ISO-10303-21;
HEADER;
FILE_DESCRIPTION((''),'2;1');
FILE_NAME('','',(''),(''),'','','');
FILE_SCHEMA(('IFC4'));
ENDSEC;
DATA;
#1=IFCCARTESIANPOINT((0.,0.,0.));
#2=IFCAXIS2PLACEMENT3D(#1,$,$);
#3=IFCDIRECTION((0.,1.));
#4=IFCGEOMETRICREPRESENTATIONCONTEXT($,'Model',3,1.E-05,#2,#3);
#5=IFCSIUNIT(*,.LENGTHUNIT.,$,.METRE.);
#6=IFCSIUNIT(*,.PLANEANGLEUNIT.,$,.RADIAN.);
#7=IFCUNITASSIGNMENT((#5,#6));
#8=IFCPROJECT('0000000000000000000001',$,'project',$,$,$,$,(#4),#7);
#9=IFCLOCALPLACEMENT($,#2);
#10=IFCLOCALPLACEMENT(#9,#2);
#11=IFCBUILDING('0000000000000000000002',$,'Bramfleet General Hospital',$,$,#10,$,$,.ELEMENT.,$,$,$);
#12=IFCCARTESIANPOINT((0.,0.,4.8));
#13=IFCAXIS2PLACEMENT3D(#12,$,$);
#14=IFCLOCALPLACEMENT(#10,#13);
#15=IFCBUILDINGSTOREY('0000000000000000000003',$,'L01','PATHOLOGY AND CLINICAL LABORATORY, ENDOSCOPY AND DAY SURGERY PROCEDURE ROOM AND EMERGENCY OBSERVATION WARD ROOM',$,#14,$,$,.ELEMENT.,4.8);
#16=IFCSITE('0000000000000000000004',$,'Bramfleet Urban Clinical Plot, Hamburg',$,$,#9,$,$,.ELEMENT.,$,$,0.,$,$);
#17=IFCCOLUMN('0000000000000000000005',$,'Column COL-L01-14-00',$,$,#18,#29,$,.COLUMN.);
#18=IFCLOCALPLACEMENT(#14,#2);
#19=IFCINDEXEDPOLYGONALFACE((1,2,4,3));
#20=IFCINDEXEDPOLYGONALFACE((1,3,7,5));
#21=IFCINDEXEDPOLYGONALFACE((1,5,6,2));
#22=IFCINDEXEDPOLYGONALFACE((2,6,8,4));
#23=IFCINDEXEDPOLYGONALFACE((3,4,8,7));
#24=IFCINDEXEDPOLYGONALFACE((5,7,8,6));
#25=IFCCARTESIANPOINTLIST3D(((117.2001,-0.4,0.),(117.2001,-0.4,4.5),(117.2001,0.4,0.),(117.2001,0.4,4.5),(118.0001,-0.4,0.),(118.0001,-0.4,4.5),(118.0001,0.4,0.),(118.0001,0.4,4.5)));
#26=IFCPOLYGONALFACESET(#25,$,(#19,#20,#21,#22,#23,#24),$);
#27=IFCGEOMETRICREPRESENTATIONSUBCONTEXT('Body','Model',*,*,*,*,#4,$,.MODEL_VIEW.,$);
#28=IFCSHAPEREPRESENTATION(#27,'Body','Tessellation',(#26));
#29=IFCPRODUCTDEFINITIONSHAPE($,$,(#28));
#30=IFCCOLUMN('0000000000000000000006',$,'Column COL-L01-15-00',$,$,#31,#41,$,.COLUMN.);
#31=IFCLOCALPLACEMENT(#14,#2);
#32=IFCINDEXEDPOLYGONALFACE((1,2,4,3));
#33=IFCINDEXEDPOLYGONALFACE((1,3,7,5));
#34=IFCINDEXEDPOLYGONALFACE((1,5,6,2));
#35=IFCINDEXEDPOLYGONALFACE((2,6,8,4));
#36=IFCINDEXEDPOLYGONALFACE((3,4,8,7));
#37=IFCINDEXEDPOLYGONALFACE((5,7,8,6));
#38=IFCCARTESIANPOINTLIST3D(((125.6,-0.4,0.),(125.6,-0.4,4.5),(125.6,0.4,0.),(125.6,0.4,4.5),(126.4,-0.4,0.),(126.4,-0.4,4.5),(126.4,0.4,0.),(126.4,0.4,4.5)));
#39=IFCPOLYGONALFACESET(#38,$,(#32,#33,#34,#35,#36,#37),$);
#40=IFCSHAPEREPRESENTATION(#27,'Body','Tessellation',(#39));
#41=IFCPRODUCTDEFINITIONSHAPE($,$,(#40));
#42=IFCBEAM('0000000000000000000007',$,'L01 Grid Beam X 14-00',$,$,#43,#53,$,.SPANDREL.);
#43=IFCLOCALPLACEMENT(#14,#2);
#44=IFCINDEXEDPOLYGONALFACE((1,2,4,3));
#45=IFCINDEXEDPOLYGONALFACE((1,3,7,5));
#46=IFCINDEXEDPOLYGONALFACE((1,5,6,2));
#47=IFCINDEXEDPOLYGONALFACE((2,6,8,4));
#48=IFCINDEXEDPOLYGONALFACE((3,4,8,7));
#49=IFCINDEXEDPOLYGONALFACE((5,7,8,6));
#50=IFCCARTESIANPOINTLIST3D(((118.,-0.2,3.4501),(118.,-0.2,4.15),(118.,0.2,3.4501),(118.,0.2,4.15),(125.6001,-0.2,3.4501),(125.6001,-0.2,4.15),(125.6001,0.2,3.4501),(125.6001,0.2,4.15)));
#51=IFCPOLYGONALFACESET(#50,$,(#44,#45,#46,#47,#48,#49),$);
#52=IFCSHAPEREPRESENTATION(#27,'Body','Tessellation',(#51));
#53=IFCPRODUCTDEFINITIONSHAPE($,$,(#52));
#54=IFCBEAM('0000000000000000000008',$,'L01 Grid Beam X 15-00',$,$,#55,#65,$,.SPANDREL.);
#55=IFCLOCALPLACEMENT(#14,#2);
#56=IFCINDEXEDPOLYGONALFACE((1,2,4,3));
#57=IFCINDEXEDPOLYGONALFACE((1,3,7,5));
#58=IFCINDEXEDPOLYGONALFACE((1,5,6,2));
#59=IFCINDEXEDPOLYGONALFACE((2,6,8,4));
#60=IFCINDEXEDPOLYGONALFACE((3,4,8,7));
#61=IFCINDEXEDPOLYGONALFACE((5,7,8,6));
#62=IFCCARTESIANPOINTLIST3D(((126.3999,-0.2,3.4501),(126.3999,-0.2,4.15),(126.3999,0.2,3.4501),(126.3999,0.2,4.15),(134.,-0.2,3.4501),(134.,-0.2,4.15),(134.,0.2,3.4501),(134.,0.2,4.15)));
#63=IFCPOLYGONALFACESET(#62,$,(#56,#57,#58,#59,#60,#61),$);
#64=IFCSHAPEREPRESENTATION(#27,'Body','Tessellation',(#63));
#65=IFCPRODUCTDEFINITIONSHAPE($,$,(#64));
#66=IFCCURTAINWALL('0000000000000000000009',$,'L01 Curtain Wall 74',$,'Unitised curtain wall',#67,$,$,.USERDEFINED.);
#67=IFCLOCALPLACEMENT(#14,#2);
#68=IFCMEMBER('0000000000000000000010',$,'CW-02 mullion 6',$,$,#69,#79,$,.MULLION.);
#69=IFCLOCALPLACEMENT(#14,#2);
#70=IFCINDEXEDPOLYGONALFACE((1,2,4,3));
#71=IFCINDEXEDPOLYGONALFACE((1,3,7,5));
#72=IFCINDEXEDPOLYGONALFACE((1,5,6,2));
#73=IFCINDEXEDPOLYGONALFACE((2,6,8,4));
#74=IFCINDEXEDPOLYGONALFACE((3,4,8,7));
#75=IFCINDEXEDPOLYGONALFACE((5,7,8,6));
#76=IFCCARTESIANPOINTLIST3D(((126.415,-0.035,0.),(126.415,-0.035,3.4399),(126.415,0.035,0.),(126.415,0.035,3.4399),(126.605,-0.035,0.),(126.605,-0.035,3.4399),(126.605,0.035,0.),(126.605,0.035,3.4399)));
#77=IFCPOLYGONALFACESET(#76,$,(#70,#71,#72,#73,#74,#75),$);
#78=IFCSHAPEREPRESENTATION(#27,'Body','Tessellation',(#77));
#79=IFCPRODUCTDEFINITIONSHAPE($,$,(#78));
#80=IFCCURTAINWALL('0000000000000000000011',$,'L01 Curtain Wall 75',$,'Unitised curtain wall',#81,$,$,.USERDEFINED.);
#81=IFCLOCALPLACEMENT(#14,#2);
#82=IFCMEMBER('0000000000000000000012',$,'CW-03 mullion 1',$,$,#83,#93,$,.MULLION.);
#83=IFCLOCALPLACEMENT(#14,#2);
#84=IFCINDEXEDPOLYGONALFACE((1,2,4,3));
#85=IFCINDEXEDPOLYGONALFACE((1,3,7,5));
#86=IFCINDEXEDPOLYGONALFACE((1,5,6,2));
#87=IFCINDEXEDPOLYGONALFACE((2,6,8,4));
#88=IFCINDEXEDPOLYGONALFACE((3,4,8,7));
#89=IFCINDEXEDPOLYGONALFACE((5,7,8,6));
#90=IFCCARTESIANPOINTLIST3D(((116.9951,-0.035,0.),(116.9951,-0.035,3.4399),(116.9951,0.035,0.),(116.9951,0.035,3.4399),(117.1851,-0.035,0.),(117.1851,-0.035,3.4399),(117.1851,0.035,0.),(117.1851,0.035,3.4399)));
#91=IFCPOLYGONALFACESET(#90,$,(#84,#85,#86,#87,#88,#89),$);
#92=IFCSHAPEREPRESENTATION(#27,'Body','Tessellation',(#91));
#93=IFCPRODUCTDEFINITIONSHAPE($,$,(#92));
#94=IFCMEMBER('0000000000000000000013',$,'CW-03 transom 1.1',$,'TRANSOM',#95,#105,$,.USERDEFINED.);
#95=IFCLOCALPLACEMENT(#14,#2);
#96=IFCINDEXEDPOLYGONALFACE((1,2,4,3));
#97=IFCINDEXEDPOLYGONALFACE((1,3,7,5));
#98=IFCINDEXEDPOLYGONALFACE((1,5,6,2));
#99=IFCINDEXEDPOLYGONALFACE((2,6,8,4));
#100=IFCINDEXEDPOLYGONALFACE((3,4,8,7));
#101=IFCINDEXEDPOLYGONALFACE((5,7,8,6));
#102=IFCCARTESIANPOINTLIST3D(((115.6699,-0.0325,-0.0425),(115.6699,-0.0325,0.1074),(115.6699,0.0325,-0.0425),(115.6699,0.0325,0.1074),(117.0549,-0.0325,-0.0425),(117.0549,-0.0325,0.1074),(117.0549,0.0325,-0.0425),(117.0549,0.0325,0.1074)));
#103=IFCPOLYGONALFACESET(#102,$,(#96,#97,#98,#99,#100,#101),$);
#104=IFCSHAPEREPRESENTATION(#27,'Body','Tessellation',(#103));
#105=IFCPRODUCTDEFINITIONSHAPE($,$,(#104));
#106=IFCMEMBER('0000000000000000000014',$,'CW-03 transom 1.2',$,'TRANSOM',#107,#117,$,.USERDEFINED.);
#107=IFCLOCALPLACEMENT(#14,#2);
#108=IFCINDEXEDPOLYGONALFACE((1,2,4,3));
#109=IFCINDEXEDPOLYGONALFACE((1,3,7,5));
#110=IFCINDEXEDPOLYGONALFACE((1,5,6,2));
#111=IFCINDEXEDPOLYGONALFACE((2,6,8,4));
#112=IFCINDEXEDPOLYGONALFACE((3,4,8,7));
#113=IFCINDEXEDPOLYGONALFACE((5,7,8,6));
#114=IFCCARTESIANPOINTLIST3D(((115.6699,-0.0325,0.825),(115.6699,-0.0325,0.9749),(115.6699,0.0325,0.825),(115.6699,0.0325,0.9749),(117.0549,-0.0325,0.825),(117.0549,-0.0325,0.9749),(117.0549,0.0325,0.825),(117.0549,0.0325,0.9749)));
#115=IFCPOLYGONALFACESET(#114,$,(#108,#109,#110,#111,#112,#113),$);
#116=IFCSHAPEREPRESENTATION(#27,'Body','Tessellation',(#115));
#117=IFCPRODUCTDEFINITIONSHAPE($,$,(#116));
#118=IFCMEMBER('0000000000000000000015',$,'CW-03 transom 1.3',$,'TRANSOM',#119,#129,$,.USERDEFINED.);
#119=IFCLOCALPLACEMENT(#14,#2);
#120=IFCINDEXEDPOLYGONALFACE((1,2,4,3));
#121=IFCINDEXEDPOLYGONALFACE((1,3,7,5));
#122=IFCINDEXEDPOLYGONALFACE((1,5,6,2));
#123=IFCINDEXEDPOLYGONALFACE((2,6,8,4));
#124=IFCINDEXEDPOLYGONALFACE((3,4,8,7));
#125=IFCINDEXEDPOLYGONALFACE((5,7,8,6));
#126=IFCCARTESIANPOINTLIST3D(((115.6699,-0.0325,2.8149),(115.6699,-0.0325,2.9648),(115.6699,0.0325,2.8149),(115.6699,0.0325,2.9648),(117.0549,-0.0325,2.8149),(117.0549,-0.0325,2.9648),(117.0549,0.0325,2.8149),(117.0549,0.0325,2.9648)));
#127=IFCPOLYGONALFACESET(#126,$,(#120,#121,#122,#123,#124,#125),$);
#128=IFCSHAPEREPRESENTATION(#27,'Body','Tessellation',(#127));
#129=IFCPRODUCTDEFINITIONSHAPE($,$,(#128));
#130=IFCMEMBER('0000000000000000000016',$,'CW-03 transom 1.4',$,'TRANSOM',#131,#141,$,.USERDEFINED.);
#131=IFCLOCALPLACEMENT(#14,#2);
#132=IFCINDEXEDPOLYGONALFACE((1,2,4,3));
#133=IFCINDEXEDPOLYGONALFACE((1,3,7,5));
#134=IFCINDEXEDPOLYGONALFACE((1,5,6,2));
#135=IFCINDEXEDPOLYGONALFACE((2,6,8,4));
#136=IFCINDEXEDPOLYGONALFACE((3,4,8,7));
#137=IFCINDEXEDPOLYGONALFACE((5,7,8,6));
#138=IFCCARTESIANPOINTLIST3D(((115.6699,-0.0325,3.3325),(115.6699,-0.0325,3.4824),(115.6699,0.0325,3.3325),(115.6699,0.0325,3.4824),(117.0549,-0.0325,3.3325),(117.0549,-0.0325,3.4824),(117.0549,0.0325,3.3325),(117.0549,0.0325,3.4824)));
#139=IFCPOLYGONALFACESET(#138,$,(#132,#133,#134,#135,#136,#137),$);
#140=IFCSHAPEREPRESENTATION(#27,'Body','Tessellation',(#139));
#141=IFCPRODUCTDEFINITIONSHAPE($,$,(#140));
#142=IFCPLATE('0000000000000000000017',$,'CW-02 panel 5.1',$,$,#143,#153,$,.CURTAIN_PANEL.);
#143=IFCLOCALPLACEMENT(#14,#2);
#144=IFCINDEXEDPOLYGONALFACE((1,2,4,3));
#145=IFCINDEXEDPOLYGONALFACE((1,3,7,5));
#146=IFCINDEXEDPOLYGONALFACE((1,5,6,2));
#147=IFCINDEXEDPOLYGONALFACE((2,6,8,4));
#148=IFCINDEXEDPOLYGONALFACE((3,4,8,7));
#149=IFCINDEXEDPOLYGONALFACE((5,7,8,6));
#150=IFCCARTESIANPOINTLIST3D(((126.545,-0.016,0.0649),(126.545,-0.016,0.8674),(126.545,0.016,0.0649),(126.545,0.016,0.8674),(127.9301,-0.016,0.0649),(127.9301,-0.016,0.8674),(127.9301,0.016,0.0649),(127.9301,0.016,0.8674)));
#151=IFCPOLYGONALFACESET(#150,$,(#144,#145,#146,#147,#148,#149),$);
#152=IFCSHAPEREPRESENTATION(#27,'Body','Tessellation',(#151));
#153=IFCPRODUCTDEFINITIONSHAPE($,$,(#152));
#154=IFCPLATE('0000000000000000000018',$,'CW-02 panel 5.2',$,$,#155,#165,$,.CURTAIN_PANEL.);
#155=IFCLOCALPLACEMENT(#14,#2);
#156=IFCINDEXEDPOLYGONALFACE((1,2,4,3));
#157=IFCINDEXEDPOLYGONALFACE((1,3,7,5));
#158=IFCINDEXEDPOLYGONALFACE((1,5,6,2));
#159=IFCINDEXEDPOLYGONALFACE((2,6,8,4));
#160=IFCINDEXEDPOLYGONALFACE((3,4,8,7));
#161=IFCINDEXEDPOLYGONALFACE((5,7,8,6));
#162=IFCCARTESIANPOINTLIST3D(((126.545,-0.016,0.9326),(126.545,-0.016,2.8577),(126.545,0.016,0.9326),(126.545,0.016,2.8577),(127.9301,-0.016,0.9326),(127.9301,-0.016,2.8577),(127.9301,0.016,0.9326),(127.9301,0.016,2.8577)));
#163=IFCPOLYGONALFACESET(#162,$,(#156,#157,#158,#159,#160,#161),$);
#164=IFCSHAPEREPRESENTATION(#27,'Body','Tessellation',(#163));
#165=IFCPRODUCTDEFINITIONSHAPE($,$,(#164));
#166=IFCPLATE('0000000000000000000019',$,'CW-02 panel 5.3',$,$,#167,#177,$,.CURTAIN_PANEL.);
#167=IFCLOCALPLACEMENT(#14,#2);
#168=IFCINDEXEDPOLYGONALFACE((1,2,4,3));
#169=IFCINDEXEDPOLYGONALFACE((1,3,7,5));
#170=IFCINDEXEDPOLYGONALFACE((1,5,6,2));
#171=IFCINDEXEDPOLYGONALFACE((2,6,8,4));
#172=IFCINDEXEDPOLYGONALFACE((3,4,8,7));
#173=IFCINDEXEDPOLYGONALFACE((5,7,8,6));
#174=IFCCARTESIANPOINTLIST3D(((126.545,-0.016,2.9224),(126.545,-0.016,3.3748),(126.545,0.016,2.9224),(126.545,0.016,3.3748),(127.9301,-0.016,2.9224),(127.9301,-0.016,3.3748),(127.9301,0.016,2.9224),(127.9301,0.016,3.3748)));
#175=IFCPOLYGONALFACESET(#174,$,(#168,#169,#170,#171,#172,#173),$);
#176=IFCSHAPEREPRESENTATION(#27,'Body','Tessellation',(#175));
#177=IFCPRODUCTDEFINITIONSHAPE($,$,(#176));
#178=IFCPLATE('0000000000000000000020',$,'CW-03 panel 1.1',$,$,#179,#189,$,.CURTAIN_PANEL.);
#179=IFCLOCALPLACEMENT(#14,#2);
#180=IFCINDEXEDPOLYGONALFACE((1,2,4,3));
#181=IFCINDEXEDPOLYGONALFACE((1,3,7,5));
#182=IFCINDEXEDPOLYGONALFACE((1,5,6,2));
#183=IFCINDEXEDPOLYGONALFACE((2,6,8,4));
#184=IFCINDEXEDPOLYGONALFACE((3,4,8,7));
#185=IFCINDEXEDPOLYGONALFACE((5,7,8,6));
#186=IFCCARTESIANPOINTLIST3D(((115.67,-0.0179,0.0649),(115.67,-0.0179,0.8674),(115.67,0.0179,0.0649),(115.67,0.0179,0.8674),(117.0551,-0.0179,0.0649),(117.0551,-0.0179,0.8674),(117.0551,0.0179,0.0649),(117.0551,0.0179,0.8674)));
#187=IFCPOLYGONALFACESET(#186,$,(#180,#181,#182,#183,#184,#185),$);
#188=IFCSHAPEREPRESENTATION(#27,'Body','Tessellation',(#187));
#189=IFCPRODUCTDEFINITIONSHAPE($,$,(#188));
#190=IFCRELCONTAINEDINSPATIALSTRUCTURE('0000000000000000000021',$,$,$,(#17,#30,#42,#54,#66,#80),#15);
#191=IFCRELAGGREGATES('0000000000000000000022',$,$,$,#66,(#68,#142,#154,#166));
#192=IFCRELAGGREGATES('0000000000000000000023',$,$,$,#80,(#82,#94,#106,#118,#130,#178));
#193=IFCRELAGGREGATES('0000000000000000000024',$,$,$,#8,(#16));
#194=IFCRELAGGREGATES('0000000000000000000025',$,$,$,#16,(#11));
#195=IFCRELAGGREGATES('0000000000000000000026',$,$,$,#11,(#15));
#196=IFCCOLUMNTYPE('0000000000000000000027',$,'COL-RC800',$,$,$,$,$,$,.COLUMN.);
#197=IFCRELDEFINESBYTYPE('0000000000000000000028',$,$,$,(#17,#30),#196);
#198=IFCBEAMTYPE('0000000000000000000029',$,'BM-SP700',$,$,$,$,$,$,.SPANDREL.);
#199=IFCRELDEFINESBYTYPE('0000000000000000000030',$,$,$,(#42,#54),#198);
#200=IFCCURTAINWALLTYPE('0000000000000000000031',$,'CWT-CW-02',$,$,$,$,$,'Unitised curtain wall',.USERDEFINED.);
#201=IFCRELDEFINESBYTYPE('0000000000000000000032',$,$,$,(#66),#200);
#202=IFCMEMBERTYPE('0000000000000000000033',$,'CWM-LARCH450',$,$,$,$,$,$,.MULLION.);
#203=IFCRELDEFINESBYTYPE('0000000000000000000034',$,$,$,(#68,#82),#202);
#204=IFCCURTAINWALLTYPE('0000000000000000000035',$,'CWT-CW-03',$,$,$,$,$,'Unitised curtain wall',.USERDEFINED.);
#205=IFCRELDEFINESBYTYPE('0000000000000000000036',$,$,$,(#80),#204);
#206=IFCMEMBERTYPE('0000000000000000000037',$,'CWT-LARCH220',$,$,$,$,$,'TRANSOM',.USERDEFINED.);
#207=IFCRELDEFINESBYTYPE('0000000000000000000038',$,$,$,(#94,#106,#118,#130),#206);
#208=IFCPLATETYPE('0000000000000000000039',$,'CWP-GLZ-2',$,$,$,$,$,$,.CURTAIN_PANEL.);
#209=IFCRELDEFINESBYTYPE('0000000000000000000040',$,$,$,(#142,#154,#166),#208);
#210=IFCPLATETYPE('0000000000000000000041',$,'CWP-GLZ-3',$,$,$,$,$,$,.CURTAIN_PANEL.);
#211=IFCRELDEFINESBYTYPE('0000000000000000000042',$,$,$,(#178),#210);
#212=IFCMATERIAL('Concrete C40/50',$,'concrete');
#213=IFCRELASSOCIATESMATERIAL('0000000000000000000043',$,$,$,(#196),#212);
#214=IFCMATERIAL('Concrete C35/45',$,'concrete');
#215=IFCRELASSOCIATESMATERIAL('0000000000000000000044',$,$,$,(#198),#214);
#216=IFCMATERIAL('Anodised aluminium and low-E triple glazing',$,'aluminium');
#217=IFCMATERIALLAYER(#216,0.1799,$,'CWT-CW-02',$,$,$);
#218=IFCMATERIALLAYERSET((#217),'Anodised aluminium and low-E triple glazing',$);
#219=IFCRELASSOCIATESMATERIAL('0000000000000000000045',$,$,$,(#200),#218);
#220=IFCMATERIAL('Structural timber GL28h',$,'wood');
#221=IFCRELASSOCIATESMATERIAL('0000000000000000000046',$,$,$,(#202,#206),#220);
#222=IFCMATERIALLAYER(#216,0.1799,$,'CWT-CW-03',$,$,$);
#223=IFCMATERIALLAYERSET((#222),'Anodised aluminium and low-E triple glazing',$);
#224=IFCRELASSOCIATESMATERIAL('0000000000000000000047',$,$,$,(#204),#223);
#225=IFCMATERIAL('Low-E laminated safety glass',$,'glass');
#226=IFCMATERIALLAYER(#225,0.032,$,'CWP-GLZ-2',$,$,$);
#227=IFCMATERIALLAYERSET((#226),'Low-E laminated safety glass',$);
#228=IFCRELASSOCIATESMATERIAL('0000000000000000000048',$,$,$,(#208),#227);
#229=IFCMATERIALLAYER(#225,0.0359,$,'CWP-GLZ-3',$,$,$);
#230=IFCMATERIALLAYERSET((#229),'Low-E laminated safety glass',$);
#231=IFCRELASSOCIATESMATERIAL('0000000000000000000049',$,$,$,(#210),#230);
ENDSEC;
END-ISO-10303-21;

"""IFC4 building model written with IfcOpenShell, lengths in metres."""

from ifc_helpers import new_model, si_unit, direction, frame, origin, origin_2d, place, context, subcontext, project, spatial, rectangle, extrude, material, layer, layer_set, material_profile, profile_set, type_object, element, aggregate, save


model = new_model("IFC4")

# Units and contexts
model_context = context("Model", 3, precision=1e-05, world=origin(), true_north=direction((0.0, 1.0)))
body_context = subcontext(model_context, "Body", "Model", "MODEL_VIEW")
ifc_project = project(units=[si_unit("LENGTHUNIT", "METRE"), si_unit("PLANEANGLEUNIT", "RADIAN")], contexts=[model_context])

# Site, building, storey
site_placement = place(None, origin())
site = spatial("IfcSite", under=ifc_project, at=site_placement, Name="Bramfleet Urban Clinical Plot, Hamburg", CompositionType="ELEMENT", RefElevation=0.0)
building_placement = place(site_placement, origin())
building = spatial("IfcBuilding", under=site, at=building_placement, Name="Bramfleet General Hospital", CompositionType="ELEMENT")
storey_placement = place(building_placement, frame((0.0, 0.0, 4.8)))
storey = spatial("IfcBuildingStorey", under=building, at=storey_placement, Name="L01", Description="PATHOLOGY AND CLINICAL LABORATORY, ENDOSCOPY AND DAY SURGERY PROCEDURE ROOM AND EMERGENCY OBSERVATION WARD ROOM", CompositionType="ELEMENT", Elevation=4.8)

# Columns
ifc_material_1 = material(Name="Concrete C40/50", Category="concrete")
ifc_material_profile_1 = material_profile(ifc_material_1, rectangle(XDim=0.8, YDim=0.8, at=origin_2d()), Name="RC COL 800x800")
ifc_profile_set_1 = profile_set([ifc_material_profile_1], Name="Concrete C40/50")
column_type = type_object("IfcColumnType", Name="COL-RC800", PredefinedType="COLUMN", material=ifc_profile_set_1)
for number, where, z_axis, x_axis, name in (
    (1, (117.6001, 0.0, 0.0), (0.0, 0.0, 1.0), (1.0, 0.0, 0.0), "Column COL-L01-14-00"),
    (2, (126.0, 0.0, 0.0), (0.0, 0.0, 1.0), (1.0, 0.0, 0.0), "Column COL-L01-15-00"),
):
    element("IfcColumn", number, at=place(storey_placement, frame(where, z_axis=z_axis, x_axis=x_axis)), inside=storey, type_object=column_type, Name=name, PredefinedType="COLUMN", context=body_context, shape_type="SweptSolid", body=[
        extrude(rectangle(XDim=0.8, YDim=0.8, at=origin_2d()), origin(), (0.0, 0.0, 1.0), 4.5),
    ])

# Beams
ifc_material_2 = material(Name="Concrete C35/45", Category="concrete")
ifc_material_profile_2 = material_profile(ifc_material_2, rectangle(XDim=0.3999, YDim=0.7, at=origin_2d()), Name="RC SP 700x400")
ifc_profile_set_2 = profile_set([ifc_material_profile_2], Name="Concrete C35/45")
beam_type = type_object("IfcBeamType", Name="BM-SP700", PredefinedType="SPANDREL", material=ifc_profile_set_2)
for number, where, z_axis, x_axis, name in (
    (3, (118.0, 0.0, 3.8), (1.0, 0.0, 0.0), (0.0, 1.0, 0.0), "L01 Grid Beam X 14-00"),
    (4, (126.3999, 0.0, 3.8), (1.0, 0.0, 0.0), (0.0, 1.0, 0.0), "L01 Grid Beam X 15-00"),
):
    element("IfcBeam", number, at=place(storey_placement, frame(where, z_axis=z_axis, x_axis=x_axis)), inside=storey, type_object=beam_type, Name=name, PredefinedType="SPANDREL", context=body_context, shape_type="SweptSolid", body=[
        extrude(rectangle(XDim=0.3999, YDim=0.7, at=origin_2d()), origin(), (0.0, 0.0, 1.0), 7.6001),
    ])

# Curtain wall, member
ifc_material_3 = material(Name="Anodised aluminium and low-E triple glazing", Category="aluminium")
ifc_layer_1 = layer(ifc_material_3, 0.1799, Name="CWT-CW-02")
ifc_layer_set_1 = layer_set([ifc_layer_1], Name="Anodised aluminium and low-E triple glazing")
curtain_wall_type_1 = type_object("IfcCurtainWallType", Name="CWT-CW-02", ElementType="Unitised curtain wall", PredefinedType="USERDEFINED", material=ifc_layer_set_1)
curtain_wall_1_placement = place(storey_placement, origin())
curtain_wall_1 = element("IfcCurtainWall", 5, at=curtain_wall_1_placement, inside=storey, type_object=curtain_wall_type_1, Name="L01 Curtain Wall 74", ObjectType="Unitised curtain wall", PredefinedType="USERDEFINED")
ifc_material_4 = material(Name="Structural timber GL28h", Category="wood")
ifc_material_profile_3 = material_profile(ifc_material_4, rectangle(XDim=0.0701, YDim=0.1899, at=origin_2d()), Name="LARCH 190x70")
ifc_profile_set_3 = profile_set([ifc_material_profile_3], Name="Structural timber GL28h")
member_type_1 = type_object("IfcMemberType", Name="CWM-LARCH450", PredefinedType="MULLION", material=ifc_profile_set_3)
member_1_placement = place(storey_placement, frame((126.51, 0.0, 0.0), z_axis=(0.0, 0.0, 1.0), x_axis=(0.0, -1.0, 0.0)))
member_1 = element("IfcMember", 6, at=member_1_placement, type_object=member_type_1, Name="CW-02 mullion 6", PredefinedType="MULLION", context=body_context, shape_type="SweptSolid", body=[
    extrude(rectangle(XDim=0.0701, YDim=0.1899, at=origin_2d()), origin(), (0.0, 0.0, 1.0), 3.4399),
])

# Curtain wall, members
ifc_layer_2 = layer(ifc_material_3, 0.1799, Name="CWT-CW-03")
ifc_layer_set_2 = layer_set([ifc_layer_2], Name="Anodised aluminium and low-E triple glazing")
curtain_wall_type_2 = type_object("IfcCurtainWallType", Name="CWT-CW-03", ElementType="Unitised curtain wall", PredefinedType="USERDEFINED", material=ifc_layer_set_2)
curtain_wall_2_placement = place(storey_placement, origin())
curtain_wall_2 = element("IfcCurtainWall", 7, at=curtain_wall_2_placement, inside=storey, type_object=curtain_wall_type_2, Name="L01 Curtain Wall 75", ObjectType="Unitised curtain wall", PredefinedType="USERDEFINED")
member_2_placement = place(storey_placement, frame((117.0901, 0.0, 0.0), z_axis=(0.0, 0.0, 1.0), x_axis=(0.0, -1.0, 0.0)))
member_2 = element("IfcMember", 8, at=member_2_placement, type_object=member_type_1, Name="CW-03 mullion 1", PredefinedType="MULLION", context=body_context, shape_type="SweptSolid", body=[
    extrude(rectangle(XDim=0.0701, YDim=0.1899, at=origin_2d()), origin(), (0.0, 0.0, 1.0), 3.4399),
])
ifc_material_profile_4 = material_profile(ifc_material_4, rectangle(XDim=0.0649, YDim=0.1499, at=origin_2d()), Name="LARCH 150x65")
ifc_profile_set_4 = profile_set([ifc_material_profile_4], Name="Structural timber GL28h")
member_type_2 = type_object("IfcMemberType", Name="CWT-LARCH220", ElementType="TRANSOM", PredefinedType="USERDEFINED", material=ifc_profile_set_4)
member_3_placement = place(storey_placement, frame((117.0549, 0.0, 0.0325), z_axis=(-1.0, 0.0, 0.0), x_axis=(0.0, -1.0, 0.0)))
member_3 = element("IfcMember", 9, at=member_3_placement, type_object=member_type_2, Name="CW-03 transom 1.1", ObjectType="TRANSOM", PredefinedType="USERDEFINED", context=body_context, shape_type="SweptSolid", body=[
    extrude(rectangle(XDim=0.0649, YDim=0.1499, at=origin_2d()), origin(), (0.0, 0.0, 1.0), 1.385),
])
member_4_placement = place(storey_placement, frame((117.0549, 0.0, 0.8999), z_axis=(-1.0, 0.0, 0.0), x_axis=(0.0, -1.0, 0.0)))
member_4 = element("IfcMember", 10, at=member_4_placement, type_object=member_type_2, Name="CW-03 transom 1.2", ObjectType="TRANSOM", PredefinedType="USERDEFINED", context=body_context, shape_type="SweptSolid", body=[
    extrude(rectangle(XDim=0.0649, YDim=0.1499, at=origin_2d()), origin(), (0.0, 0.0, 1.0), 1.385),
])
member_5_placement = place(storey_placement, frame((117.0549, 0.0, 2.8899), z_axis=(-1.0, 0.0, 0.0), x_axis=(0.0, -1.0, 0.0)))
member_5 = element("IfcMember", 11, at=member_5_placement, type_object=member_type_2, Name="CW-03 transom 1.3", ObjectType="TRANSOM", PredefinedType="USERDEFINED", context=body_context, shape_type="SweptSolid", body=[
    extrude(rectangle(XDim=0.0649, YDim=0.1499, at=origin_2d()), origin(), (0.0, 0.0, 1.0), 1.385),
])
member_6_placement = place(storey_placement, frame((117.0549, 0.0, 3.4075), z_axis=(-1.0, 0.0, 0.0), x_axis=(0.0, -1.0, 0.0)))
member_6 = element("IfcMember", 12, at=member_6_placement, type_object=member_type_2, Name="CW-03 transom 1.4", ObjectType="TRANSOM", PredefinedType="USERDEFINED", context=body_context, shape_type="SweptSolid", body=[
    extrude(rectangle(XDim=0.0649, YDim=0.1499, at=origin_2d()), origin(), (0.0, 0.0, 1.0), 1.385),
])

# Plates
ifc_material_5 = material(Name="Low-E laminated safety glass", Category="glass")
ifc_layer_3 = layer(ifc_material_5, 0.032, Name="CWP-GLZ-2")
ifc_layer_set_3 = layer_set([ifc_layer_3], Name="Low-E laminated safety glass")
plate_type_1 = type_object("IfcPlateType", Name="CWP-GLZ-2", PredefinedType="CURTAIN_PANEL", material=ifc_layer_set_3)
plate_1_placement = place(storey_placement, frame((127.2375, 0.0, 0.0649), z_axis=(0.0, 0.0, 1.0), x_axis=(-1.0, 0.0, 0.0)))
plate_1 = element("IfcPlate", 13, at=plate_1_placement, type_object=plate_type_1, Name="CW-02 panel 5.1", PredefinedType="CURTAIN_PANEL", context=body_context, shape_type="SweptSolid", body=[
    extrude(rectangle(XDim=1.385, YDim=0.032, at=origin_2d()), origin(), (0.0, 0.0, 1.0), 0.8025),
])
plate_2_placement = place(storey_placement, frame((127.2375, 0.0, 0.9326), z_axis=(0.0, 0.0, 1.0), x_axis=(-1.0, 0.0, 0.0)))
plate_2 = element("IfcPlate", 14, at=plate_2_placement, type_object=plate_type_1, Name="CW-02 panel 5.2", PredefinedType="CURTAIN_PANEL", context=body_context, shape_type="SweptSolid", body=[
    extrude(rectangle(XDim=1.385, YDim=0.032, at=origin_2d()), origin(), (0.0, 0.0, 1.0), 1.925),
])
plate_3_placement = place(storey_placement, frame((127.2375, 0.0, 2.9224), z_axis=(0.0, 0.0, 1.0), x_axis=(-1.0, 0.0, 0.0)))
plate_3 = element("IfcPlate", 15, at=plate_3_placement, type_object=plate_type_1, Name="CW-02 panel 5.3", PredefinedType="CURTAIN_PANEL", context=body_context, shape_type="SweptSolid", body=[
    extrude(rectangle(XDim=1.385, YDim=0.032, at=origin_2d()), origin(), (0.0, 0.0, 1.0), 0.4524),
])
aggregate(curtain_wall_1, [member_1, plate_1, plate_2, plate_3])
ifc_layer_4 = layer(ifc_material_5, 0.0359, Name="CWP-GLZ-3")
ifc_layer_set_4 = layer_set([ifc_layer_4], Name="Low-E laminated safety glass")
plate_type_2 = type_object("IfcPlateType", Name="CWP-GLZ-3", PredefinedType="CURTAIN_PANEL", material=ifc_layer_set_4)
plate_4_placement = place(storey_placement, frame((116.3625, 0.0, 0.0649), z_axis=(0.0, 0.0, 1.0), x_axis=(-1.0, 0.0, 0.0)))
plate_4 = element("IfcPlate", 16, at=plate_4_placement, type_object=plate_type_2, Name="CW-03 panel 1.1", PredefinedType="CURTAIN_PANEL", context=body_context, shape_type="SweptSolid", body=[
    extrude(rectangle(XDim=1.385, YDim=0.0359, at=origin_2d()), origin(), (0.0, 0.0, 1.0), 0.8025),
])
aggregate(curtain_wall_2, [member_2, member_3, member_4, member_5, member_6, plate_4])

save(model, "model.ifc")
